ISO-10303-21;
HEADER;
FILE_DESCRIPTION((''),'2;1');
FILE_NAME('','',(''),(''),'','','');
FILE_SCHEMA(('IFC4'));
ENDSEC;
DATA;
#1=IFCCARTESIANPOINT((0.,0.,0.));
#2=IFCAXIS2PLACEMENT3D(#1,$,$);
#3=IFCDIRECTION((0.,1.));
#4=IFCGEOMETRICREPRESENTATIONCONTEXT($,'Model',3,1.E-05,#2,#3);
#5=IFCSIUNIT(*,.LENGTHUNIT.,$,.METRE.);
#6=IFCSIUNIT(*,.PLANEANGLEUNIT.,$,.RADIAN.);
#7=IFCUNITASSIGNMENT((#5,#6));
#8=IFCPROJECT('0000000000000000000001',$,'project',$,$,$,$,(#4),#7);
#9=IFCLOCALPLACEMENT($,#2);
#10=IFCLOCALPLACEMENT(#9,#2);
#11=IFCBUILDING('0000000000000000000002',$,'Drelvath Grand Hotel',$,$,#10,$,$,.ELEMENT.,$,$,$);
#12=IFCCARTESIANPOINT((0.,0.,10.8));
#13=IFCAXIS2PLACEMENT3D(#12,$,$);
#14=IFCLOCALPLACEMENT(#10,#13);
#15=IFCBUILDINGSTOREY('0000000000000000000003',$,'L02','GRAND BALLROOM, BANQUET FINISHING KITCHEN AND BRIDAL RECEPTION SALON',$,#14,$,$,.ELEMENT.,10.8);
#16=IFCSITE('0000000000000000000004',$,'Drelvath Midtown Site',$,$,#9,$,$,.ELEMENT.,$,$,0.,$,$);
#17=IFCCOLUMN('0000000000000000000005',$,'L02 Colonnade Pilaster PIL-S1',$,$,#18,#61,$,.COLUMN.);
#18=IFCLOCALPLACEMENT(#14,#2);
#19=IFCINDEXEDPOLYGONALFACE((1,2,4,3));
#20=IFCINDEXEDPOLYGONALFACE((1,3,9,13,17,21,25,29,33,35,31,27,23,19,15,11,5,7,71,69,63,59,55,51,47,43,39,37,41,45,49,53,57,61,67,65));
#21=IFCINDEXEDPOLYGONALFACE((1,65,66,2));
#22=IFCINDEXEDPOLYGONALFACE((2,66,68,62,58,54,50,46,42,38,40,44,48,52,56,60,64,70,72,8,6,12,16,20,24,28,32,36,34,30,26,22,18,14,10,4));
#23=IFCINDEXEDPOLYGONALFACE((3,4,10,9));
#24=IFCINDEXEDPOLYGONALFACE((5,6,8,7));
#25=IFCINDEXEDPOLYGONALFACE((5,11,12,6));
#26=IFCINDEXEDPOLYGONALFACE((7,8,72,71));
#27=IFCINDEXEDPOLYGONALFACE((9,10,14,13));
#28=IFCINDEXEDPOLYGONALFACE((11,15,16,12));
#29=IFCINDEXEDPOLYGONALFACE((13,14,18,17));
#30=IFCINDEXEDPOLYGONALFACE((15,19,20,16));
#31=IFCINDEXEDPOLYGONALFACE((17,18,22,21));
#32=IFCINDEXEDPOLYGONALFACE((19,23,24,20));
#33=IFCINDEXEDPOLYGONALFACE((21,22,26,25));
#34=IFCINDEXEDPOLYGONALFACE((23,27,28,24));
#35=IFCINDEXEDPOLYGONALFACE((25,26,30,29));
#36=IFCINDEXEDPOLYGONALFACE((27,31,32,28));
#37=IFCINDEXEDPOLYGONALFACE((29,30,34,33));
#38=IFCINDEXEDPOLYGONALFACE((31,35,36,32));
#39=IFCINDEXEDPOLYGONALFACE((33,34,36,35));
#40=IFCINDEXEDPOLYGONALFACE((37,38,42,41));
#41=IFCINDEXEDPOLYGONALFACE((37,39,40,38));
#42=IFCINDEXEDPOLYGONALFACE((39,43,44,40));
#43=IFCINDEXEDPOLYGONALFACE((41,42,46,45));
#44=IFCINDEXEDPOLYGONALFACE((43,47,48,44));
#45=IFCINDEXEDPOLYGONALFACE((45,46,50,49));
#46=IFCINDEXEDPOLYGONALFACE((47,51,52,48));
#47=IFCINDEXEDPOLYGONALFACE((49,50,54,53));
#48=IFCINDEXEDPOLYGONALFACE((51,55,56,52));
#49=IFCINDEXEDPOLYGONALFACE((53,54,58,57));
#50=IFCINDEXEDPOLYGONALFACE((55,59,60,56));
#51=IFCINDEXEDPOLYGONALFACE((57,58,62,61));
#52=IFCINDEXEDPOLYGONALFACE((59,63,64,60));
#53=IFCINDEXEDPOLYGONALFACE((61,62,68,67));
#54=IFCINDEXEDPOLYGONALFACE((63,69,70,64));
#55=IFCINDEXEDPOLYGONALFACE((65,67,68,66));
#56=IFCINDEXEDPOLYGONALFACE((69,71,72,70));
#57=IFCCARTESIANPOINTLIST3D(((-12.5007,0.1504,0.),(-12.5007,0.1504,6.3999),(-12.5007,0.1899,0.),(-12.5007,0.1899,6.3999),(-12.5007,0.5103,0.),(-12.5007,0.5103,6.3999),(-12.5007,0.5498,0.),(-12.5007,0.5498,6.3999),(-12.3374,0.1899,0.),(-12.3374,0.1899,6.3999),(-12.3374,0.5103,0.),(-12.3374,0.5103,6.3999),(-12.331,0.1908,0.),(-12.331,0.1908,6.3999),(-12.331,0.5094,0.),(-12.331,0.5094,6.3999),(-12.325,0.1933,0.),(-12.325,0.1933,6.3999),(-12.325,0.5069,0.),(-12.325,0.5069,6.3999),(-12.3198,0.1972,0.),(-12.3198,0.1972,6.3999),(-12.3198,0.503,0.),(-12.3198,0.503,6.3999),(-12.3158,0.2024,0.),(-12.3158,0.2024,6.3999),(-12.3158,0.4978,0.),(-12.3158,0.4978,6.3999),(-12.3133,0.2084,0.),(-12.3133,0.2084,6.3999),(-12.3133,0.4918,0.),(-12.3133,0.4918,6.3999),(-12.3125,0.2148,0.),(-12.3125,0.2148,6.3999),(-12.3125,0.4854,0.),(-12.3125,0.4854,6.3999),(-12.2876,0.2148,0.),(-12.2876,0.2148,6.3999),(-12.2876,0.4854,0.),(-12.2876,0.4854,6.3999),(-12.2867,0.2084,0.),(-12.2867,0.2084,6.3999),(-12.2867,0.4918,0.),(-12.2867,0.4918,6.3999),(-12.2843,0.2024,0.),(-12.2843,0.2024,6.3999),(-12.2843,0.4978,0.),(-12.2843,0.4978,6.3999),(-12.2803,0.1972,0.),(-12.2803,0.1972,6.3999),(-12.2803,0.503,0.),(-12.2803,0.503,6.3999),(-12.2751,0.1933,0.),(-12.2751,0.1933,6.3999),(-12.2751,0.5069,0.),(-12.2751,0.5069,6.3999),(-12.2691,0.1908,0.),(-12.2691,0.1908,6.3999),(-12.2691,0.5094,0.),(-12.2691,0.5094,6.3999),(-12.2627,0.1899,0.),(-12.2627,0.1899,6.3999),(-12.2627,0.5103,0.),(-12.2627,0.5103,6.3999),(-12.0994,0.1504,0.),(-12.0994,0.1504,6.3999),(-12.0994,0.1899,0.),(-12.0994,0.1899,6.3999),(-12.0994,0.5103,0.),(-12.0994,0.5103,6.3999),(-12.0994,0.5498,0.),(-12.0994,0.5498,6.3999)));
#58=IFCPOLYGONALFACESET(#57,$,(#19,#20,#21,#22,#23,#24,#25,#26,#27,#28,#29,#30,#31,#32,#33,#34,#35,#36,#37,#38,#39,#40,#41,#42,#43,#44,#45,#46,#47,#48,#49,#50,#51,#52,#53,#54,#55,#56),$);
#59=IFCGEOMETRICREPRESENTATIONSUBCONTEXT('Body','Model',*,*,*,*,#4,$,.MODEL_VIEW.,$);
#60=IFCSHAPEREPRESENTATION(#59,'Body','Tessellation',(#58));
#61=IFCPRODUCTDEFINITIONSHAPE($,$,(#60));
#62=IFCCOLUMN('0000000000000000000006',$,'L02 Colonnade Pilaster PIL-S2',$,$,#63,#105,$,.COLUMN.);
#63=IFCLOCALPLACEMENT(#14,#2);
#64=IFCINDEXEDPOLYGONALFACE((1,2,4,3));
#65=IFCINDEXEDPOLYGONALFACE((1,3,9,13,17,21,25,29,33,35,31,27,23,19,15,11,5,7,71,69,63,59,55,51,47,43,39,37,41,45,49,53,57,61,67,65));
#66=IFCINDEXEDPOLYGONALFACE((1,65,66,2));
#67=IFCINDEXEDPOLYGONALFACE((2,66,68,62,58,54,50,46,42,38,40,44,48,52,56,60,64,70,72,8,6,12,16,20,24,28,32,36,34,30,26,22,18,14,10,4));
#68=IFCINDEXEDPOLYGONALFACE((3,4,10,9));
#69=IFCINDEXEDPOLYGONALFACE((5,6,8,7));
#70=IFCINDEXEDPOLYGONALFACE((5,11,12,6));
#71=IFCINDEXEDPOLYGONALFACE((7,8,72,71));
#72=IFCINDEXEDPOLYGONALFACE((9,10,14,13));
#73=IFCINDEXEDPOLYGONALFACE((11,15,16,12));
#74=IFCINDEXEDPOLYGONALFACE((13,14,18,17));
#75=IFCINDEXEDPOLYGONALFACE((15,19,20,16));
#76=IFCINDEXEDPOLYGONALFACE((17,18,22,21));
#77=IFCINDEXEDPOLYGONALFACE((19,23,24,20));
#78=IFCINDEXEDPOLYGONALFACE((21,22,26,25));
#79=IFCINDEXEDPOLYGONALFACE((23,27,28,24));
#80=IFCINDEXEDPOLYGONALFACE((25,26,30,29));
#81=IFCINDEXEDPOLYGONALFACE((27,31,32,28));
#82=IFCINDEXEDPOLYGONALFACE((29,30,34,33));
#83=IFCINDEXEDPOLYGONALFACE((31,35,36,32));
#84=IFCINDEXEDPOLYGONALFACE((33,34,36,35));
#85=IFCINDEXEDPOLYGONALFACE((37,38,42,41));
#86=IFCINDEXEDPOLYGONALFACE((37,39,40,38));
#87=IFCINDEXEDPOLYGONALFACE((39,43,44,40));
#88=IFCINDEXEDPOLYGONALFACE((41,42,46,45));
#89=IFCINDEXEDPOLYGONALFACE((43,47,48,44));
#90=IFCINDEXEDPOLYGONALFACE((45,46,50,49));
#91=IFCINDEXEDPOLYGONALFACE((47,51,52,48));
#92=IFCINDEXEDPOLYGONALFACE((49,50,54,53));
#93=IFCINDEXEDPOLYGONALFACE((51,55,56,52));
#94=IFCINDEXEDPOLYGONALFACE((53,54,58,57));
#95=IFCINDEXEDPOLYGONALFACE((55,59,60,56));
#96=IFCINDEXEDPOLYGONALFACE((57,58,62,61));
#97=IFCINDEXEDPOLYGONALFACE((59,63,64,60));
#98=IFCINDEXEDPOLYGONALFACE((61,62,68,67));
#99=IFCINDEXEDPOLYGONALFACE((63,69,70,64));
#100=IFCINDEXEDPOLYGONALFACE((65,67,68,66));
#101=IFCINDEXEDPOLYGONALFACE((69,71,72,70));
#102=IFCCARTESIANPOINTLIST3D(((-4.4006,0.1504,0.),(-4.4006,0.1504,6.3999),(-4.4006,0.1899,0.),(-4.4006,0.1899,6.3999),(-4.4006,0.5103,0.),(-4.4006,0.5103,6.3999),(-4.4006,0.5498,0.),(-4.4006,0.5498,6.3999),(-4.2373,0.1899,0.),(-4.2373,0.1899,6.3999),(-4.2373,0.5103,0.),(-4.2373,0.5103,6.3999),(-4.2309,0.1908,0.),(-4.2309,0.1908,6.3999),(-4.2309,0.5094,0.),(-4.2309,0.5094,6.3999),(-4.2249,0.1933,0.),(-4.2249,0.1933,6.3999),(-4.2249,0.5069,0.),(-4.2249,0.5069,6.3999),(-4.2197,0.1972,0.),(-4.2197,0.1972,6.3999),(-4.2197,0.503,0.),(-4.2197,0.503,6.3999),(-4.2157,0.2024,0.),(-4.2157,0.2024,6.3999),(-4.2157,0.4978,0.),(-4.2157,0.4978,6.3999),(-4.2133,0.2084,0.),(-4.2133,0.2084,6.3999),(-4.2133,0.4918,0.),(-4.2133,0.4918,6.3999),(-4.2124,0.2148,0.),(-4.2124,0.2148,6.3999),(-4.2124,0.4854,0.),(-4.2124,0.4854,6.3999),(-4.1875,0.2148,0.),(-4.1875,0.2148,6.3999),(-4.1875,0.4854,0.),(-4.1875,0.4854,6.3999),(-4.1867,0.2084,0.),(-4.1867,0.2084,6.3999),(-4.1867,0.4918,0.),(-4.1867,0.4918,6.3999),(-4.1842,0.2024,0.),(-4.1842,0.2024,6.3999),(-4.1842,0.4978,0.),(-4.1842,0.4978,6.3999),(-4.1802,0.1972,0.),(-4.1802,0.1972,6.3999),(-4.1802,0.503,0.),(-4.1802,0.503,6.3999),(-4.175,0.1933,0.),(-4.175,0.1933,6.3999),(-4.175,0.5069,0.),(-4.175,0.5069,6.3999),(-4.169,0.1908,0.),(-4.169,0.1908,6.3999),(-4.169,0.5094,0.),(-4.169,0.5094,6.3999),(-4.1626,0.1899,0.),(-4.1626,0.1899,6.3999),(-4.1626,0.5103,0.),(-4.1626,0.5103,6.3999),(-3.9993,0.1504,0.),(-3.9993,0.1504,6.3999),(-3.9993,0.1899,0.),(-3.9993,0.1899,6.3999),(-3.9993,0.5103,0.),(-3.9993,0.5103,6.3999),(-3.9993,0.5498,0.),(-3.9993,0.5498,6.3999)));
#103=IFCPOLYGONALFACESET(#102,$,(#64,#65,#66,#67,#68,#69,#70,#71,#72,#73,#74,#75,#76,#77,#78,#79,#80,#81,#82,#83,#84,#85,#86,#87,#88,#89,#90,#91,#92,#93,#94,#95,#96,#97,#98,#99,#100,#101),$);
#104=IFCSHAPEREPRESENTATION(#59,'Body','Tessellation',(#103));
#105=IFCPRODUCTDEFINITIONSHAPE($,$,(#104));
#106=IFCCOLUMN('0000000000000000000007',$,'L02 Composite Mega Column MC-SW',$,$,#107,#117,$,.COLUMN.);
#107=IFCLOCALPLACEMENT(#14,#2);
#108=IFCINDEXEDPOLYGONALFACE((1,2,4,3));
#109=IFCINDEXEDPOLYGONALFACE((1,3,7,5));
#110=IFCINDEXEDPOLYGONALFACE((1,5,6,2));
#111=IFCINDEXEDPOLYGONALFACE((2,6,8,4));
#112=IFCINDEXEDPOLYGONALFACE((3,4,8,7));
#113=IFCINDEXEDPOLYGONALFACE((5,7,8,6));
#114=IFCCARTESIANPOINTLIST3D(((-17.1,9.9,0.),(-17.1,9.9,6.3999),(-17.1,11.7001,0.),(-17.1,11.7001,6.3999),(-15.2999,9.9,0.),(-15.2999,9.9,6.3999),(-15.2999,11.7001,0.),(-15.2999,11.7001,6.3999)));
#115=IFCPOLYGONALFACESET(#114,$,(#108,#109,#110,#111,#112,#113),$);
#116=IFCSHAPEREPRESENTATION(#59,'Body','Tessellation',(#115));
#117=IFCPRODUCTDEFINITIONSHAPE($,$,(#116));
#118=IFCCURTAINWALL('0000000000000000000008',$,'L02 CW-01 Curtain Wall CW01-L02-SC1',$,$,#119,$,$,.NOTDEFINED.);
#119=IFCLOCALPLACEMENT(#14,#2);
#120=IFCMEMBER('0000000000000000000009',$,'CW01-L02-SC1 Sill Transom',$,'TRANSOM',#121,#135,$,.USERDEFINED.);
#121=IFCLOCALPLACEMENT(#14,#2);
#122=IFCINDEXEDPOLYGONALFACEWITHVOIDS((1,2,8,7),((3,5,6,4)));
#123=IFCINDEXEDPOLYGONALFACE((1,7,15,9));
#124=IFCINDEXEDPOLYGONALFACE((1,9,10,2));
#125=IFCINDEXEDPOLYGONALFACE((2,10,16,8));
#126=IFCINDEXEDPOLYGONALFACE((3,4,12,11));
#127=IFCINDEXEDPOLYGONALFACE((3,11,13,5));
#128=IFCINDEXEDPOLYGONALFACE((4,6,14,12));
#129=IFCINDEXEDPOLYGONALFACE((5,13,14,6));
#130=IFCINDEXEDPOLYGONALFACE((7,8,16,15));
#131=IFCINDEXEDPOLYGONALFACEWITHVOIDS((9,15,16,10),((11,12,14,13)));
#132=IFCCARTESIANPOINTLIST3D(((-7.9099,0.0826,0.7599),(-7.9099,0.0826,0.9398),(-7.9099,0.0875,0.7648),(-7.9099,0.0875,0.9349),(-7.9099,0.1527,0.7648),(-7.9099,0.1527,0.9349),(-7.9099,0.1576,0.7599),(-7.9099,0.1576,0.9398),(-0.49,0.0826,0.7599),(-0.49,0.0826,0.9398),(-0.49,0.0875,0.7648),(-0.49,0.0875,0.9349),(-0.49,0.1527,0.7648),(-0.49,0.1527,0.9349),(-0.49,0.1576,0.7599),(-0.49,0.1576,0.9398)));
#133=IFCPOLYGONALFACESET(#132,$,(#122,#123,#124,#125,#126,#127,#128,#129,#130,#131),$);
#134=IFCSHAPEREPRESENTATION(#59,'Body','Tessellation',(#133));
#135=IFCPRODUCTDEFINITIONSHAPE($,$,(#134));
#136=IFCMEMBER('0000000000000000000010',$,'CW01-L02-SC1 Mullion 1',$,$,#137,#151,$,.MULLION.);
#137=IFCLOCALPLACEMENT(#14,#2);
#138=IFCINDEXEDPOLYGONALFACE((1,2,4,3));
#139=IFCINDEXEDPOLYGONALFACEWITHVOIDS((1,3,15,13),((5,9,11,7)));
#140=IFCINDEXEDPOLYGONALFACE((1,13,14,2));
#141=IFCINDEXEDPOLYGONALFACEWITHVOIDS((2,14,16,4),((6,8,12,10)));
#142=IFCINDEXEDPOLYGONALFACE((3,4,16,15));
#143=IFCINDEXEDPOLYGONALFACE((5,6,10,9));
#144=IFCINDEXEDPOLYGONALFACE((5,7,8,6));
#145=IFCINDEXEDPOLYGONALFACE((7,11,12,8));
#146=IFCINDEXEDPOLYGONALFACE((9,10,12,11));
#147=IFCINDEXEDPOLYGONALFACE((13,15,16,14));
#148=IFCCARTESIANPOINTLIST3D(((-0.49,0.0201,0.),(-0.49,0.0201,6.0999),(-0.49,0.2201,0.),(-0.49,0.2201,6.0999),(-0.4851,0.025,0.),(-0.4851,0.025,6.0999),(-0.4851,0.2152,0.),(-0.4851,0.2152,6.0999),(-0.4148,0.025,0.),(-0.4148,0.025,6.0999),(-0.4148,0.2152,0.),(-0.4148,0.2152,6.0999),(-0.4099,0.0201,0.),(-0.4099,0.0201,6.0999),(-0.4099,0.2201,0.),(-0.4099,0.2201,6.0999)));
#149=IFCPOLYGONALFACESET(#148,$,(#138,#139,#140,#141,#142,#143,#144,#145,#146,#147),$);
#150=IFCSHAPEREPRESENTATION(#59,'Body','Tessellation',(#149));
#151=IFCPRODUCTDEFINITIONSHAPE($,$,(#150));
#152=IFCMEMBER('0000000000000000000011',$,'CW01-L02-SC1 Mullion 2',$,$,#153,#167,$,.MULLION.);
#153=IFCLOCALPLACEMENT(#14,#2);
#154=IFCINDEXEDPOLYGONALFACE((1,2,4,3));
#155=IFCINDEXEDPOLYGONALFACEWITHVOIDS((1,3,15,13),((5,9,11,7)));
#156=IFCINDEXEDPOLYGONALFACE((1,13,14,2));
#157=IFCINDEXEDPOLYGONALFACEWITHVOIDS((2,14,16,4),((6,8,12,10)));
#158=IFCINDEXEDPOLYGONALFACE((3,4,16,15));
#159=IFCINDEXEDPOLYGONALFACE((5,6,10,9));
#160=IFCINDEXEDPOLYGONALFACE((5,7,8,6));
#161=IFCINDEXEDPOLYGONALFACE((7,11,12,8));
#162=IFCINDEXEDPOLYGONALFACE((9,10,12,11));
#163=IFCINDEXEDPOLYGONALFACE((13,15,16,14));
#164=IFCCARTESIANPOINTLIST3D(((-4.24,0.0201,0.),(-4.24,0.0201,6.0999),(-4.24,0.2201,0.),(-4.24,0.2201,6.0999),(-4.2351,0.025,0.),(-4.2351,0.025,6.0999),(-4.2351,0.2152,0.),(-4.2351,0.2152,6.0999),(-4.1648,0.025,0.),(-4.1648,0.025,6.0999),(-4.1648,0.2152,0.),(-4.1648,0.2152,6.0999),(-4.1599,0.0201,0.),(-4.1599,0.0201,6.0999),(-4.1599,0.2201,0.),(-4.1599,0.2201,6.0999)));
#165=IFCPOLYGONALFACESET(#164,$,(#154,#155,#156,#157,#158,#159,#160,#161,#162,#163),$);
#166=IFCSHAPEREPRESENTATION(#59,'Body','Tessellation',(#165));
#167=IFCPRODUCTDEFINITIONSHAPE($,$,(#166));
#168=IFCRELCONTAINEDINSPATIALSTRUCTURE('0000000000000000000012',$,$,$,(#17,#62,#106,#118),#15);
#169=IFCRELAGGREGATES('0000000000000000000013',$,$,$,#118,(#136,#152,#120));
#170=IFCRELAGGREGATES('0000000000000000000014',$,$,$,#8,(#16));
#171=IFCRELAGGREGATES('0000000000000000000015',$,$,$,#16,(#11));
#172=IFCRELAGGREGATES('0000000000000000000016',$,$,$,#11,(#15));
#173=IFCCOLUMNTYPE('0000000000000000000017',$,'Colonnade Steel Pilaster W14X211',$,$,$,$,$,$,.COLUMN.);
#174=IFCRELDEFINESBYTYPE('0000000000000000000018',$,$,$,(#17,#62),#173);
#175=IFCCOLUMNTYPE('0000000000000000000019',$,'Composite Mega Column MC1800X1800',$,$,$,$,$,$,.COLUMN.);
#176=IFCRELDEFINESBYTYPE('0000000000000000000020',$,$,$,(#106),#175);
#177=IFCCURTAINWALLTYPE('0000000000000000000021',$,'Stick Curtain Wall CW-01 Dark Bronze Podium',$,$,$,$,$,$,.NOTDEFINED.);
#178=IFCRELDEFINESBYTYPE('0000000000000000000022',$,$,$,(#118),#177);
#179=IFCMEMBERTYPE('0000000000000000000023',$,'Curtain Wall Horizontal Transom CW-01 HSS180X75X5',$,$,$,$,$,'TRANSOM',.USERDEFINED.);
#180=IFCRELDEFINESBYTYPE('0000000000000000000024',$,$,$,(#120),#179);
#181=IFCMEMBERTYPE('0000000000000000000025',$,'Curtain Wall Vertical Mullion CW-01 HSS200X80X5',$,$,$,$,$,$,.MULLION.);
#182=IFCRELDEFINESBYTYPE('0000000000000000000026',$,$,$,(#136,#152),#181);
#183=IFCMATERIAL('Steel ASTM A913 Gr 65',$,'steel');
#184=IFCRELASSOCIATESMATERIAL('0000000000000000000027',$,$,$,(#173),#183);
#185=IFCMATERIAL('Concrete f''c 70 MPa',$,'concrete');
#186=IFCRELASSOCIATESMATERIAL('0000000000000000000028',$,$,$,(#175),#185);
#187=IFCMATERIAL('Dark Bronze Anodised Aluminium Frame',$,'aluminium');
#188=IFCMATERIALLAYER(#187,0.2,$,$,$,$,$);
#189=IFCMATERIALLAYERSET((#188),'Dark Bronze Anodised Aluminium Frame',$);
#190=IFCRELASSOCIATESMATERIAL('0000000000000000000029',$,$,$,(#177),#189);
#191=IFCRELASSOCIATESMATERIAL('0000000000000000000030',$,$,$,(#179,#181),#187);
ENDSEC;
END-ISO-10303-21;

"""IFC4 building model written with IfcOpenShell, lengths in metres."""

from ifc_helpers import new_model, si_unit, direction, frame, origin, origin_2d, place, context, subcontext, project, spatial, rectangle, hollow_rectangle, i_section, extrude, material, layer, layer_set, material_profile, profile_set, type_object, element, aggregate, save


model = new_model("IFC4")

# Units and contexts
model_context = context("Model", 3, precision=1e-05, world=origin(), true_north=direction((0.0, 1.0)))
body_context = subcontext(model_context, "Body", "Model", "MODEL_VIEW")
ifc_project = project(units=[si_unit("LENGTHUNIT", "METRE"), si_unit("PLANEANGLEUNIT", "RADIAN")], contexts=[model_context])

# Site, building, storey
site_placement = place(None, origin())
site = spatial("IfcSite", under=ifc_project, at=site_placement, Name="Drelvath Midtown Site", CompositionType="ELEMENT", RefElevation=0.0)
building_placement = place(site_placement, origin())
building = spatial("IfcBuilding", under=site, at=building_placement, Name="Drelvath Grand Hotel", CompositionType="ELEMENT")
storey_placement = place(building_placement, frame((0.0, 0.0, 10.8)))
storey = spatial("IfcBuildingStorey", under=building, at=storey_placement, Name="L02", Description="GRAND BALLROOM, BANQUET FINISHING KITCHEN AND BRIDAL RECEPTION SALON", CompositionType="ELEMENT", Elevation=10.8)

# Columns
ifc_material_1 = material(Name="Steel ASTM A913 Gr 65", Category="steel")
ifc_material_profile_1 = material_profile(ifc_material_1, i_section(OverallWidth=0.4014, OverallDepth=0.3994, WebThickness=0.0249, FlangeThickness=0.0396, FilletRadius=0.0249, at=origin_2d()), Name="W14X211")
ifc_profile_set_1 = profile_set([ifc_material_profile_1], Name="Steel ASTM A913 Gr 65")
column_type_1 = type_object("IfcColumnType", Name="Colonnade Steel Pilaster W14X211", PredefinedType="COLUMN", material=ifc_profile_set_1)
for number, where, z_axis, x_axis, name in (
    (1, (-12.3, 0.3501, 0.0), (0.0, 0.0, 1.0), (1.0, 0.0, 0.0), "L02 Colonnade Pilaster PIL-S1"),
    (2, (-4.2, 0.3501, 0.0), (0.0, 0.0, 1.0), (1.0, 0.0, 0.0), "L02 Colonnade Pilaster PIL-S2"),
):
    element("IfcColumn", number, at=place(storey_placement, frame(where, z_axis=z_axis, x_axis=x_axis)), inside=storey, type_object=column_type_1, Name=name, PredefinedType="COLUMN", context=body_context, shape_type="SweptSolid", body=[
        extrude(i_section(OverallWidth=0.4014, OverallDepth=0.3994, WebThickness=0.0249, FlangeThickness=0.0396, FilletRadius=0.0249, at=origin_2d()), origin(), (0.0, 0.0, 1.0), 6.3999),
    ])
ifc_material_2 = material(Name="Concrete f'c 70 MPa", Category="concrete")
ifc_material_profile_2 = material_profile(ifc_material_2, rectangle(XDim=1.8, YDim=1.8, at=origin_2d()), Name="MC1800X1800")
ifc_profile_set_2 = profile_set([ifc_material_profile_2], Name="Concrete f'c 70 MPa")
column_type_2 = type_object("IfcColumnType", Name="Composite Mega Column MC1800X1800", PredefinedType="COLUMN", material=ifc_profile_set_2)
column_placement = place(storey_placement, frame((-16.2, 10.8, 0.0), z_axis=(0.0, 0.0, 1.0), x_axis=(1.0, 0.0, 0.0)))
element("IfcColumn", 3, at=column_placement, inside=storey, type_object=column_type_2, Name="L02 Composite Mega Column MC-SW", PredefinedType="COLUMN", context=body_context, shape_type="SweptSolid", body=[
    extrude(rectangle(XDim=1.8, YDim=1.8, at=origin_2d()), origin(), (0.0, 0.0, 1.0), 6.3999),
])

# Curtain wall, members
ifc_material_3 = material(Name="Dark Bronze Anodised Aluminium Frame", Category="aluminium")
ifc_layer_1 = layer(ifc_material_3, 0.2)
ifc_layer_set_1 = layer_set([ifc_layer_1], Name="Dark Bronze Anodised Aluminium Frame")
curtain_wall_type = type_object("IfcCurtainWallType", Name="Stick Curtain Wall CW-01 Dark Bronze Podium", PredefinedType="NOTDEFINED", material=ifc_layer_set_1)
curtain_wall_placement = place(storey_placement, origin())
curtain_wall = element("IfcCurtainWall", 4, at=curtain_wall_placement, inside=storey, type_object=curtain_wall_type, Name="L02 CW-01 Curtain Wall CW01-L02-SC1", PredefinedType="NOTDEFINED")
ifc_material_profile_3 = material_profile(ifc_material_3, hollow_rectangle(XDim=0.075, YDim=0.1799, WallThickness=0.0049, at=origin_2d()), Name="HSS180X75X5")
ifc_profile_set_3 = profile_set([ifc_material_profile_3], Name="Dark Bronze Anodised Aluminium Frame")
member_type_1 = type_object("IfcMemberType", Name="Curtain Wall Horizontal Transom CW-01 HSS180X75X5", ElementType="TRANSOM", PredefinedType="USERDEFINED", material=ifc_profile_set_3)
member_1_placement = place(storey_placement, frame((-0.49, 0.1201, 0.8499), z_axis=(-1.0, 0.0, 0.0), x_axis=(0.0, -1.0, 0.0)))
member_1 = element("IfcMember", 5, at=member_1_placement, type_object=member_type_1, Name="CW01-L02-SC1 Sill Transom", ObjectType="TRANSOM", PredefinedType="USERDEFINED", context=body_context, shape_type="SweptSolid", body=[
    extrude(hollow_rectangle(XDim=0.075, YDim=0.1799, WallThickness=0.0049, at=origin_2d()), origin(), (0.0, 0.0, 1.0), 7.4199),
])
ifc_material_profile_4 = material_profile(ifc_material_3, hollow_rectangle(XDim=0.0801, YDim=0.2, WallThickness=0.0049, at=origin_2d()), Name="HSS200X80X5")
ifc_profile_set_4 = profile_set([ifc_material_profile_4], Name="Dark Bronze Anodised Aluminium Frame")
member_type_2 = type_object("IfcMemberType", Name="Curtain Wall Vertical Mullion CW-01 HSS200X80X5", PredefinedType="MULLION", material=ifc_profile_set_4)
member_2_placement = place(storey_placement, frame((-0.45, 0.1201, 0.0), z_axis=(0.0, 0.0, 1.0), x_axis=(1.0, 0.0, 0.0)))
member_2 = element("IfcMember", 6, at=member_2_placement, type_object=member_type_2, Name="CW01-L02-SC1 Mullion 1", PredefinedType="MULLION", context=body_context, shape_type="SweptSolid", body=[
    extrude(hollow_rectangle(XDim=0.0801, YDim=0.2, WallThickness=0.0049, at=origin_2d()), origin(), (0.0, 0.0, 1.0), 6.0999),
])
member_3_placement = place(storey_placement, frame((-4.2, 0.1201, 0.0), z_axis=(0.0, 0.0, 1.0), x_axis=(1.0, 0.0, 0.0)))
member_3 = element("IfcMember", 7, at=member_3_placement, type_object=member_type_2, Name="CW01-L02-SC1 Mullion 2", PredefinedType="MULLION", context=body_context, shape_type="SweptSolid", body=[
    extrude(hollow_rectangle(XDim=0.0801, YDim=0.2, WallThickness=0.0049, at=origin_2d()), origin(), (0.0, 0.0, 1.0), 6.0999),
])

aggregate(curtain_wall, [member_2, member_3, member_1])

save(model, "model.ifc")
